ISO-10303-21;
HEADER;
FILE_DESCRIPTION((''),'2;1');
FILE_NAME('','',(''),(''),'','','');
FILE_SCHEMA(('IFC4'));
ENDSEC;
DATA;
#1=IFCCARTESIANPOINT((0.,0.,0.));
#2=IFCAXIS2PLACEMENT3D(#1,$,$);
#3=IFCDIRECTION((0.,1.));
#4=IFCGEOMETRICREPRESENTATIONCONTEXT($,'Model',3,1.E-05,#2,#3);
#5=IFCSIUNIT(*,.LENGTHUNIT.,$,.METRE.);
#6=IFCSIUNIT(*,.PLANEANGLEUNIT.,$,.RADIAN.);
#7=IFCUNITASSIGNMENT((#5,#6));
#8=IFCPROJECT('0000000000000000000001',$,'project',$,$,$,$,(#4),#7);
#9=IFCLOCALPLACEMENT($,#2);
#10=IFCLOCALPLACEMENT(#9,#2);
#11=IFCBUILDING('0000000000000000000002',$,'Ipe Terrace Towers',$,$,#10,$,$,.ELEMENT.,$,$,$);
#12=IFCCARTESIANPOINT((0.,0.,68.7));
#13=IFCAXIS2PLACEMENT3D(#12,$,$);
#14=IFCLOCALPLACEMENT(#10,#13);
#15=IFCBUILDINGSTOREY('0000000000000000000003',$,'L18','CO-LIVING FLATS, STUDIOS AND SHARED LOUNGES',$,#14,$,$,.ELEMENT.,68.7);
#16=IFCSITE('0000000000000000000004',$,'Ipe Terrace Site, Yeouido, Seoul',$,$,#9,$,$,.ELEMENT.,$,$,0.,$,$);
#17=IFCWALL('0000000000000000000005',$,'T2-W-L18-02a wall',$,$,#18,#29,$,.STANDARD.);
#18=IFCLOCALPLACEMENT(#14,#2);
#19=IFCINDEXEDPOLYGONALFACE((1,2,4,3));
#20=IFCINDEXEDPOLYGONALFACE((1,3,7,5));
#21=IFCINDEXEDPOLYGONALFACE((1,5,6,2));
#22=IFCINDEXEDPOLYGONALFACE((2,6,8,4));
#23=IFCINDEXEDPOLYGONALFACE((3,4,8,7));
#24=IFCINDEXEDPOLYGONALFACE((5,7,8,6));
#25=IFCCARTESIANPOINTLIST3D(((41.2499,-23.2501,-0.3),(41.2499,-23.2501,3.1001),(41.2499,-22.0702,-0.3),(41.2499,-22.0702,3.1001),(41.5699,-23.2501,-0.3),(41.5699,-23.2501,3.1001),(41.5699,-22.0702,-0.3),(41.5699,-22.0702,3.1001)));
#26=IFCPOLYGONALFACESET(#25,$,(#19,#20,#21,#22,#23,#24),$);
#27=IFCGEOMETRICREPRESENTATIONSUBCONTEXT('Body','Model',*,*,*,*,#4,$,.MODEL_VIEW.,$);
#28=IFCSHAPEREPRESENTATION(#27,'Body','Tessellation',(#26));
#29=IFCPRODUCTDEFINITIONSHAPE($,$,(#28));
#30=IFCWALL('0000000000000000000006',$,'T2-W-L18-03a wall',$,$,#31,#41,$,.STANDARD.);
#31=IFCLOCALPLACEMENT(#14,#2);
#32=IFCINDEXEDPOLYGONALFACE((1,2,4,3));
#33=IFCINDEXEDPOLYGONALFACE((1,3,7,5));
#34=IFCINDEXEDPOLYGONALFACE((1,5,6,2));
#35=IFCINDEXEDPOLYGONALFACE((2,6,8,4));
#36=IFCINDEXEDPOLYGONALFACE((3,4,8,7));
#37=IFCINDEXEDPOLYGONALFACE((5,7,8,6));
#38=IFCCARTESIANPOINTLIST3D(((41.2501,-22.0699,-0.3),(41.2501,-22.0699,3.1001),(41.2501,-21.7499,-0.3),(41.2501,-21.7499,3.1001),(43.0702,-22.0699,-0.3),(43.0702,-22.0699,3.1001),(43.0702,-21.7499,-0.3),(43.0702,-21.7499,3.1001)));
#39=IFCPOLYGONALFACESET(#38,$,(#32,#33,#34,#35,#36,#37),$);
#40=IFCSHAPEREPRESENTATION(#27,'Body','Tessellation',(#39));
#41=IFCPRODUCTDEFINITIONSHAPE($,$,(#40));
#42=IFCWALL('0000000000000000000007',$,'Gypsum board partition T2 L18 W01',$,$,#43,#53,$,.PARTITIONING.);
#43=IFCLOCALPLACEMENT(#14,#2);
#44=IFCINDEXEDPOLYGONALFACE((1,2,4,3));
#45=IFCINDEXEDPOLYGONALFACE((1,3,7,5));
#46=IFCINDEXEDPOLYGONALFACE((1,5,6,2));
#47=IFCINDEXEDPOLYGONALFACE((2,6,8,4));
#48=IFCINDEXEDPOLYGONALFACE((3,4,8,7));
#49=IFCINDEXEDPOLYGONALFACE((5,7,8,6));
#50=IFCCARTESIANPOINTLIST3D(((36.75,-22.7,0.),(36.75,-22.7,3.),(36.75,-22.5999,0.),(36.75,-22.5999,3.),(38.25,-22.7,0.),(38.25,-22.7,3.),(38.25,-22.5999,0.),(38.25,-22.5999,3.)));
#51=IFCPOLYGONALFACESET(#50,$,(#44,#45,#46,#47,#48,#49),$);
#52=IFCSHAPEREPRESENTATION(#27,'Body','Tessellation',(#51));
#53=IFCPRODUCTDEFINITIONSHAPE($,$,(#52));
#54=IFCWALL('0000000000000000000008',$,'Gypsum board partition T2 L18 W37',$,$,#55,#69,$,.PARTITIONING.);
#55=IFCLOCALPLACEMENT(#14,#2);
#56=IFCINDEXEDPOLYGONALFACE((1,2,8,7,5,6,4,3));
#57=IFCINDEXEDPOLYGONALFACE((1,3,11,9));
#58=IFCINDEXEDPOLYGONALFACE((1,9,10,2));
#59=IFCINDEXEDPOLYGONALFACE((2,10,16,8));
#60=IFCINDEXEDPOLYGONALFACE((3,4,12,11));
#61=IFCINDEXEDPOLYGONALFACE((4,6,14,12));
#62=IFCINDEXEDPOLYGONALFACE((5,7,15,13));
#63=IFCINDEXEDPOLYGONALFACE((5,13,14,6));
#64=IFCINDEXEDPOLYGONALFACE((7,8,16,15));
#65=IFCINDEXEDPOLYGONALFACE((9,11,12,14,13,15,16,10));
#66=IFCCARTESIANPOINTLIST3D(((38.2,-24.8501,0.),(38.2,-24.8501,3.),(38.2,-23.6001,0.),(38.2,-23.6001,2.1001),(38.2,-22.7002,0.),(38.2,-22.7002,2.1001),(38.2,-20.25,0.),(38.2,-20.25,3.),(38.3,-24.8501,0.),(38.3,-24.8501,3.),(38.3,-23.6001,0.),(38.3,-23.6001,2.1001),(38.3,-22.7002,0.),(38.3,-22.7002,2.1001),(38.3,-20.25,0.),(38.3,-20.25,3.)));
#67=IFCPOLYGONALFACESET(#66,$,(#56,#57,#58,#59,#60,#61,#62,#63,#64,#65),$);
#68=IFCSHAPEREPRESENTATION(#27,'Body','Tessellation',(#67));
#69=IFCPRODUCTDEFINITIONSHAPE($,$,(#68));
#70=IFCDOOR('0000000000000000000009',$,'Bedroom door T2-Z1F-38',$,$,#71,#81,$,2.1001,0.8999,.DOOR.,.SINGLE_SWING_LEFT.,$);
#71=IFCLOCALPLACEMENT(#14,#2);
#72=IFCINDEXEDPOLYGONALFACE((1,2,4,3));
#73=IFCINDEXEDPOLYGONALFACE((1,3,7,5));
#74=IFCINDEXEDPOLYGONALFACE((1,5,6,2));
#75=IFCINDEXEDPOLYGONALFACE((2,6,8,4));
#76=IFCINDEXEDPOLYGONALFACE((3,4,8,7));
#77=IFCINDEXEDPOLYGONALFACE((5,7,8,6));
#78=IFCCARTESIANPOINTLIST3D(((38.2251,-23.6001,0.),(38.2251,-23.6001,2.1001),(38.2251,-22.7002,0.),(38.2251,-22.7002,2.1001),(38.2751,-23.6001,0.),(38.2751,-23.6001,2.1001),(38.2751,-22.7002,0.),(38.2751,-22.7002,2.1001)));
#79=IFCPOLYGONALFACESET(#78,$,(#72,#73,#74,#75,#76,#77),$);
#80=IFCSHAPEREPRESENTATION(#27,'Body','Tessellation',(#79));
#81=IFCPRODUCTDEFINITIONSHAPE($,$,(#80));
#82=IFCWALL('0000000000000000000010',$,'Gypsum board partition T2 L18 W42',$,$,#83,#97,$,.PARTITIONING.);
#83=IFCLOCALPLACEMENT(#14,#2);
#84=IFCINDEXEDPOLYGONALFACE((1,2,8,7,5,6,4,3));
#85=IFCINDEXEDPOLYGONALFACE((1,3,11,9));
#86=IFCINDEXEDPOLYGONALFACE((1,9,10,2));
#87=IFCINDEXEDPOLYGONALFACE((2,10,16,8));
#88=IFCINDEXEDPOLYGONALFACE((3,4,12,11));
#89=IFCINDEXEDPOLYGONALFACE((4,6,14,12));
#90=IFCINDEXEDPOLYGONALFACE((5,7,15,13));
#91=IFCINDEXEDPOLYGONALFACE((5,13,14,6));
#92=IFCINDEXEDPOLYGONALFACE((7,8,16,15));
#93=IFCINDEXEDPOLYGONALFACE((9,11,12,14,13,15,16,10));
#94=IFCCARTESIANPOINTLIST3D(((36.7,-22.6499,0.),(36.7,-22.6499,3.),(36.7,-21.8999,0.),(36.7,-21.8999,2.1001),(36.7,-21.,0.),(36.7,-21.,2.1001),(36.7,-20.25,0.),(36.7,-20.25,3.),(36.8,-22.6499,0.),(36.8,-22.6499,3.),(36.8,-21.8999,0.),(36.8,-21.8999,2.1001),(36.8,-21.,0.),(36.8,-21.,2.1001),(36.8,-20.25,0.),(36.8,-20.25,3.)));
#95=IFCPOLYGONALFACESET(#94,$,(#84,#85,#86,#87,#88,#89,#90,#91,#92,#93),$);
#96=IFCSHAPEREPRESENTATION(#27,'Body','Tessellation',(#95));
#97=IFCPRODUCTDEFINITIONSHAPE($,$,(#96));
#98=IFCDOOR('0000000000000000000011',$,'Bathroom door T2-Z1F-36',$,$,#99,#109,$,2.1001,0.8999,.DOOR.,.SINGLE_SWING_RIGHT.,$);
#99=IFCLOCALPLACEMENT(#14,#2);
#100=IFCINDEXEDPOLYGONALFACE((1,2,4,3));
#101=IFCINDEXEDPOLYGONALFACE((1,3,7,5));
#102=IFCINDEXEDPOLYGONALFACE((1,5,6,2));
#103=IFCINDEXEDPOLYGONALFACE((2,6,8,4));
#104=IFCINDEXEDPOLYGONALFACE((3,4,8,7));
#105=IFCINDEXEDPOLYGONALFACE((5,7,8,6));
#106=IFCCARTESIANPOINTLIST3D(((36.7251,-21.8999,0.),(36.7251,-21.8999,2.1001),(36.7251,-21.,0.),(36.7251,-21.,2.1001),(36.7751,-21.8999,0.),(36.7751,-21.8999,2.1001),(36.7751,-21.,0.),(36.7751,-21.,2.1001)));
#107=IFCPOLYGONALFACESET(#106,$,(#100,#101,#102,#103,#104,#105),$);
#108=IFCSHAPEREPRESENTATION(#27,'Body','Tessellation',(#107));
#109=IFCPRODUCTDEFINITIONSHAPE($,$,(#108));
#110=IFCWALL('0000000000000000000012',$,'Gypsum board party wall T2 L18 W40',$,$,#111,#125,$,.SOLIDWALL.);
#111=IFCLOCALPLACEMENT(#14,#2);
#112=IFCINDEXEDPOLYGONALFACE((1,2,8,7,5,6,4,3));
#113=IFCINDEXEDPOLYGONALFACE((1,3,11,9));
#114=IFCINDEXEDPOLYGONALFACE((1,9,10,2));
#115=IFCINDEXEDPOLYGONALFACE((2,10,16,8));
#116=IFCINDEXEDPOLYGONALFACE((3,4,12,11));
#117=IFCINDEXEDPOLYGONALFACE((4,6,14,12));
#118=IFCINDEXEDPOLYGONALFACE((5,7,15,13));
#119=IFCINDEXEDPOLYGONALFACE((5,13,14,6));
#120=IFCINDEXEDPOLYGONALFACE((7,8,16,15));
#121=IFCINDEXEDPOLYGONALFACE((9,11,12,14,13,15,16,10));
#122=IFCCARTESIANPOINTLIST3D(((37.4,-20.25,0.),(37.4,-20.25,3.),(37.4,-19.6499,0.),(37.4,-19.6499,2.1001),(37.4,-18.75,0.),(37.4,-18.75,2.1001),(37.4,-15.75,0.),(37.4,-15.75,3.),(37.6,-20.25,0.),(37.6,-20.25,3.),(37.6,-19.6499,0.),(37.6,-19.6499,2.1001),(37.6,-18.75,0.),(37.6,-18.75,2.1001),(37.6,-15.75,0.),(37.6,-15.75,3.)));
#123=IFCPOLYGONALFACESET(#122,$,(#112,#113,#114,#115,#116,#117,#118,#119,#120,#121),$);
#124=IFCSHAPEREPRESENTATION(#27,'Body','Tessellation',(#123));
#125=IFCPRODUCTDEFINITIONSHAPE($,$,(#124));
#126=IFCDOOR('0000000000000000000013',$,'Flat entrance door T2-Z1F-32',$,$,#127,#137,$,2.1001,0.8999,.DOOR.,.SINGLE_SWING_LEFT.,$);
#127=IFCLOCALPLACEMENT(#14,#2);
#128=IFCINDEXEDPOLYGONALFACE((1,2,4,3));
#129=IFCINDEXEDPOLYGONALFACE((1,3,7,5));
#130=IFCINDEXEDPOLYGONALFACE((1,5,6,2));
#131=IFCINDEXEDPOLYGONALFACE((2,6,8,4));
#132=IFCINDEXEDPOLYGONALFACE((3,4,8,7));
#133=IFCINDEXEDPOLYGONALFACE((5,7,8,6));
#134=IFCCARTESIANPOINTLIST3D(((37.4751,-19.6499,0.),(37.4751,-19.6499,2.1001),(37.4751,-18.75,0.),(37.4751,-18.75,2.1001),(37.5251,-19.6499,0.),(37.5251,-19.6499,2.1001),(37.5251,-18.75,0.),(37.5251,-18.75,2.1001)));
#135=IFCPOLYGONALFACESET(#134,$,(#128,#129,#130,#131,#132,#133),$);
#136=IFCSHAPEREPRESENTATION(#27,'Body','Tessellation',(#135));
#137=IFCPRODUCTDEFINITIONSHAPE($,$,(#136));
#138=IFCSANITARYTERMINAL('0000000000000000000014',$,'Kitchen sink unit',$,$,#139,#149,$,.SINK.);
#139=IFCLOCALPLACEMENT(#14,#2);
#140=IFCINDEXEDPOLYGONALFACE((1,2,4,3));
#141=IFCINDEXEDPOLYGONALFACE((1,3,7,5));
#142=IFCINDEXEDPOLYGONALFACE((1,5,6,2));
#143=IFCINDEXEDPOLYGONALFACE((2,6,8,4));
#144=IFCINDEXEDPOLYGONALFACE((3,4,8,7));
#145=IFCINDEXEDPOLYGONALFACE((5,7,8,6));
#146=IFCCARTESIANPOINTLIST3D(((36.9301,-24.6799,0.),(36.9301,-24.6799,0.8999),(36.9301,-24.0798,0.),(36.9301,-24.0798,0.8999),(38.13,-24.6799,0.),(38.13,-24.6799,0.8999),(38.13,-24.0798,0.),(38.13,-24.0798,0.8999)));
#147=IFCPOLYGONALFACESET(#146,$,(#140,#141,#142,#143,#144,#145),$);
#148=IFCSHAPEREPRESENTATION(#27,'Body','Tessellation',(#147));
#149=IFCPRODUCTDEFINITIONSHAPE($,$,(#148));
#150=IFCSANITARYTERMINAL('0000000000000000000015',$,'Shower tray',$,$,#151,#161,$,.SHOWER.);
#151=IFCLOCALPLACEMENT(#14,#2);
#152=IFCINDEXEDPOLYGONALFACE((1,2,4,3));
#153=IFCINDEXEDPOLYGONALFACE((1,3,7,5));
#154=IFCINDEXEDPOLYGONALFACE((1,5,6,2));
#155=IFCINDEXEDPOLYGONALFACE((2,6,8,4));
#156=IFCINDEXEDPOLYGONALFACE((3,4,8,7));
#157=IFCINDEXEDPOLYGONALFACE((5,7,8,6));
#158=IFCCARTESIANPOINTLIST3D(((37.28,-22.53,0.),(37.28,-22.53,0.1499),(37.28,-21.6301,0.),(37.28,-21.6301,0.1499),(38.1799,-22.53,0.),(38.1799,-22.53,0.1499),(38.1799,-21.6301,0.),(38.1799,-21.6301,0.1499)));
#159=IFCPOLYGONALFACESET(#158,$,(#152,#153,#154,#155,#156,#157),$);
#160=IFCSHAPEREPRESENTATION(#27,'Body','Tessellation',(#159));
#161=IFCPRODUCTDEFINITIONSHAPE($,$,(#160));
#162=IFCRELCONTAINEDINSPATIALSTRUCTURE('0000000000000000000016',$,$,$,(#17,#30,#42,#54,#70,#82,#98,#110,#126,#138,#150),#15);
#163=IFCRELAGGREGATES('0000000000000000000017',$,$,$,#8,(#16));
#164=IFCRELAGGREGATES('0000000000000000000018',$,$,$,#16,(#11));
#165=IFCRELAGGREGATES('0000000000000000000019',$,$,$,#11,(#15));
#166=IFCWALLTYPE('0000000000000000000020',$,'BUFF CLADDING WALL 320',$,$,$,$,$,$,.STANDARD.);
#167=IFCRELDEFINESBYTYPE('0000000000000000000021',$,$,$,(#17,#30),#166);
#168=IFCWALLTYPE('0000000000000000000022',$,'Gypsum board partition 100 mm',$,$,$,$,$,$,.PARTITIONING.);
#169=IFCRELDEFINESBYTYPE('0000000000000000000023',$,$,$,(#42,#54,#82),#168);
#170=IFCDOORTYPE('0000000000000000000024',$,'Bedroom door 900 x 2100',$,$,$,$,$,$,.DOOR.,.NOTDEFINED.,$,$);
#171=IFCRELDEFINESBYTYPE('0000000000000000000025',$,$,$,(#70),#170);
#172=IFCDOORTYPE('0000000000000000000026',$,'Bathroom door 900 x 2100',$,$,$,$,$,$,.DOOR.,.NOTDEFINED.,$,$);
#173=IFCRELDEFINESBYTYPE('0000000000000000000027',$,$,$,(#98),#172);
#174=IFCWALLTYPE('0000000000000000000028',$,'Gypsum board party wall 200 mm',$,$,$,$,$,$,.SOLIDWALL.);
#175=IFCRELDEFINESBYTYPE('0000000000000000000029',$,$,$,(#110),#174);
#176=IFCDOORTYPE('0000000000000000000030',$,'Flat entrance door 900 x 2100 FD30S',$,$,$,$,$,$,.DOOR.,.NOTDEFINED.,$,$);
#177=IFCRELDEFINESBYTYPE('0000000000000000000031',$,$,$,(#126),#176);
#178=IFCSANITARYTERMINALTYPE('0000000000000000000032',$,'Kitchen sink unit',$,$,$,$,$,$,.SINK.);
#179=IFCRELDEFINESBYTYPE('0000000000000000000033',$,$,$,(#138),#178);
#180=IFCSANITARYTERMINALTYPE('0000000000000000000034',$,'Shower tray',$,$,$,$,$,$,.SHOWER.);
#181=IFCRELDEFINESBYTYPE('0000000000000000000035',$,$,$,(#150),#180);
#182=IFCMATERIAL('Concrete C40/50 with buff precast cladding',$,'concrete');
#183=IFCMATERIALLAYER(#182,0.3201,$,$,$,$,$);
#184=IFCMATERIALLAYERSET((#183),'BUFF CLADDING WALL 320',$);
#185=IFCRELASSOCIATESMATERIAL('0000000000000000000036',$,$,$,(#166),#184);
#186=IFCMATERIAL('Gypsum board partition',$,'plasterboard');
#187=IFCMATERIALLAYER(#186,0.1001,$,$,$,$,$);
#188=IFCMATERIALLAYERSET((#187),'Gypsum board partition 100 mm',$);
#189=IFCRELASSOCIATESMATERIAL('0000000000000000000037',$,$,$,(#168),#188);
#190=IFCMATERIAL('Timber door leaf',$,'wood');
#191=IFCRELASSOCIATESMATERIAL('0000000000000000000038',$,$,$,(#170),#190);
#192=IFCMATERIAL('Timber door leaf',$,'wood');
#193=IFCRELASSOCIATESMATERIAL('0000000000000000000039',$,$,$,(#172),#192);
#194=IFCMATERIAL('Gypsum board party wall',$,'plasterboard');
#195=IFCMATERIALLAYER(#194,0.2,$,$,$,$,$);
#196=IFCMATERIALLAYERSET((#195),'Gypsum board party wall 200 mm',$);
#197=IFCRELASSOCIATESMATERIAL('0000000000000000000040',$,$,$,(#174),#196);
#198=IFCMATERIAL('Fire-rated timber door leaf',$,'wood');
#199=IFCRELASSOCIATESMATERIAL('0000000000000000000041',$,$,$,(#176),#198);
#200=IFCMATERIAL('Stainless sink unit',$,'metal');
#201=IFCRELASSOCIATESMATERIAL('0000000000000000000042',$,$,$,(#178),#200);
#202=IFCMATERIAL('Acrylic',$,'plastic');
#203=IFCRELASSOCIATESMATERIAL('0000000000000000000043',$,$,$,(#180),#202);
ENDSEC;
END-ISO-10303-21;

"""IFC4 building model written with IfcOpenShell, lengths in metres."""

from ifc_helpers import new_model, si_unit, direction, frame, frame_2d, origin, origin_2d, place, context, subcontext, project, spatial, rectangle, extrude, material, layer, layer_set, type_object, element, fill, save


model = new_model("IFC4")

# Units and contexts
model_context = context("Model", 3, precision=1e-05, world=origin(), true_north=direction((0.0, 1.0)))
body_context = subcontext(model_context, "Body", "Model", "MODEL_VIEW")
ifc_project = project(units=[si_unit("LENGTHUNIT", "METRE"), si_unit("PLANEANGLEUNIT", "RADIAN")], contexts=[model_context])

# Site, building, storey
site_placement = place(None, origin())
site = spatial("IfcSite", under=ifc_project, at=site_placement, Name="Ipe Terrace Site, Yeouido, Seoul", CompositionType="ELEMENT", RefElevation=0.0)
building_placement = place(site_placement, origin())
building = spatial("IfcBuilding", under=site, at=building_placement, Name="Ipe Terrace Towers", CompositionType="ELEMENT")
storey_placement = place(building_placement, frame((0.0, 0.0, 68.7)))
storey = spatial("IfcBuildingStorey", under=building, at=storey_placement, Name="L18", Description="CO-LIVING FLATS, STUDIOS AND SHARED LOUNGES", CompositionType="ELEMENT", Elevation=68.7)

# Shared definitions
ifc_material_1 = material(Name="Concrete C40/50 with buff precast cladding", Category="concrete")
ifc_layer_1 = layer(ifc_material_1, 0.3201)
ifc_layer_set_1 = layer_set([ifc_layer_1], Name="BUFF CLADDING WALL 320")
wall_type_1 = type_object("IfcWallType", Name="BUFF CLADDING WALL 320", PredefinedType="STANDARD", material=ifc_layer_set_1)

# Walls
wall_1_placement = place(storey_placement, frame((41.4099, -23.25, -0.3), z_axis=(0.0, 0.0, 1.0), x_axis=(0.0, 1.0, 0.0)))
element("IfcWall", 1, at=wall_1_placement, inside=storey, type_object=wall_type_1, Name="T2-W-L18-02a wall", PredefinedType="STANDARD", context=body_context, shape_type="SweptSolid", body=[
    extrude(rectangle(XDim=1.1799, YDim=0.3201, at=frame_2d((0.5898, 0.0))), origin(), (0.0, 0.0, 1.0), 3.4001),
])
wall_2_placement = place(storey_placement, frame((41.25, -21.9099, -0.3), z_axis=(0.0, 0.0, 1.0), x_axis=(1.0, 0.0, 0.0)))
element("IfcWall", 2, at=wall_2_placement, inside=storey, type_object=wall_type_1, Name="T2-W-L18-03a wall", PredefinedType="STANDARD", context=body_context, shape_type="SweptSolid", body=[
    extrude(rectangle(XDim=1.8201, YDim=0.3201, at=frame_2d((0.9102, 0.0))), origin(), (0.0, 0.0, 1.0), 3.4001),
])
ifc_material_2 = material(Name="Gypsum board partition", Category="plasterboard")
ifc_layer_2 = layer(ifc_material_2, 0.1001)
ifc_layer_set_2 = layer_set([ifc_layer_2], Name="Gypsum board partition 100 mm")
wall_type_2 = type_object("IfcWallType", Name="Gypsum board partition 100 mm", PredefinedType="PARTITIONING", material=ifc_layer_set_2)
wall_3_placement = place(storey_placement, frame((38.25, -22.6499, 0.0), z_axis=(0.0, 0.0, 1.0), x_axis=(-1.0, 0.0, 0.0)))
element("IfcWall", 3, at=wall_3_placement, inside=storey, type_object=wall_type_2, Name="Gypsum board partition T2 L18 W01", PredefinedType="PARTITIONING", context=body_context, shape_type="SweptSolid", body=[
    extrude(rectangle(XDim=1.5, YDim=0.1001, at=frame_2d((0.75, 0.0))), origin(), (0.0, 0.0, 1.0), 3.0),
])

# Walls, openings, doors
wall_4_placement = place(storey_placement, frame((38.25, -24.8501, 0.0), z_axis=(0.0, 0.0, 1.0), x_axis=(0.0, 1.0, 0.0)))
wall_4 = element("IfcWall", 4, at=wall_4_placement, inside=storey, type_object=wall_type_2, Name="Gypsum board partition T2 L18 W37", PredefinedType="PARTITIONING", context=body_context, shape_type="SweptSolid", body=[
    extrude(rectangle(XDim=4.6001, YDim=0.1001, at=frame_2d((2.3, 0.0))), origin(), (0.0, 0.0, 1.0), 3.0),
])
opening_1_placement = place(wall_4_placement, frame((1.25, 0.0, 0.0)))
opening_1 = element("IfcOpeningElement", 5, at=opening_1_placement, cuts=wall_4, PredefinedType="OPENING", context=body_context, shape_type="SweptSolid", body=[
    extrude(rectangle(XDim=0.8999, YDim=2.1001, at=frame_2d((0.45, 1.05))), frame((0.0, 0.0601, 0.0), z_axis=(0.0, -1.0, 0.0), x_axis=(1.0, 0.0, 0.0)), (0.0, 0.0, 1.0), 0.1201),
])
ifc_material_3 = material(Name="Timber door leaf", Category="wood")
door_type_1 = type_object("IfcDoorType", Name="Bedroom door 900 x 2100", OperationType="NOTDEFINED", PredefinedType="DOOR", material=ifc_material_3)
door_1_placement = place(opening_1_placement, origin())
door_1 = element("IfcDoor", 6, at=door_1_placement, inside=storey, type_object=door_type_1, Name="Bedroom door T2-Z1F-38", OperationType="SINGLE_SWING_LEFT", OverallHeight=2.1001, OverallWidth=0.8999, PredefinedType="DOOR", context=body_context, shape_type="SweptSolid", body=[
    extrude(rectangle(XDim=0.8999, YDim=2.1001, at=frame_2d((0.45, 1.05))), frame((0.0, 0.0249, 0.0), z_axis=(0.0, -1.0, 0.0), x_axis=(1.0, 0.0, 0.0)), (0.0, 0.0, 1.0), 0.05),
])
fill(opening_1, door_1)
wall_5_placement = place(storey_placement, frame((36.75, -22.6499, 0.0), z_axis=(0.0, 0.0, 1.0), x_axis=(0.0, 1.0, 0.0)))
wall_5 = element("IfcWall", 7, at=wall_5_placement, inside=storey, type_object=wall_type_2, Name="Gypsum board partition T2 L18 W42", PredefinedType="PARTITIONING", context=body_context, shape_type="SweptSolid", body=[
    extrude(rectangle(XDim=2.3999, YDim=0.1001, at=frame_2d((1.2, 0.0))), origin(), (0.0, 0.0, 1.0), 3.0),
])
opening_2_placement = place(wall_5_placement, frame((0.75, 0.0, 0.0)))
opening_2 = element("IfcOpeningElement", 8, at=opening_2_placement, cuts=wall_5, PredefinedType="OPENING", context=body_context, shape_type="SweptSolid", body=[
    extrude(rectangle(XDim=0.8999, YDim=2.1001, at=frame_2d((0.45, 1.05))), frame((0.0, 0.0601, 0.0), z_axis=(0.0, -1.0, 0.0), x_axis=(1.0, 0.0, 0.0)), (0.0, 0.0, 1.0), 0.1201),
])
ifc_material_4 = material(Name="Timber door leaf", Category="wood")
door_type_2 = type_object("IfcDoorType", Name="Bathroom door 900 x 2100", OperationType="NOTDEFINED", PredefinedType="DOOR", material=ifc_material_4)
door_2_placement = place(opening_2_placement, origin())
door_2 = element("IfcDoor", 9, at=door_2_placement, inside=storey, type_object=door_type_2, Name="Bathroom door T2-Z1F-36", OperationType="SINGLE_SWING_RIGHT", OverallHeight=2.1001, OverallWidth=0.8999, PredefinedType="DOOR", context=body_context, shape_type="SweptSolid", body=[
    extrude(rectangle(XDim=0.8999, YDim=2.1001, at=frame_2d((0.45, 1.05))), frame((0.0, 0.0249, 0.0), z_axis=(0.0, -1.0, 0.0), x_axis=(1.0, 0.0, 0.0)), (0.0, 0.0, 1.0), 0.05),
])
fill(opening_2, door_2)
ifc_material_5 = material(Name="Gypsum board party wall", Category="plasterboard")
ifc_layer_3 = layer(ifc_material_5, 0.2)
ifc_layer_set_3 = layer_set([ifc_layer_3], Name="Gypsum board party wall 200 mm")
wall_type_3 = type_object("IfcWallType", Name="Gypsum board party wall 200 mm", PredefinedType="SOLIDWALL", material=ifc_layer_set_3)
wall_6_placement = place(storey_placement, frame((37.5, -20.25, 0.0), z_axis=(0.0, 0.0, 1.0), x_axis=(0.0, 1.0, 0.0)))
wall_6 = element("IfcWall", 10, at=wall_6_placement, inside=storey, type_object=wall_type_3, Name="Gypsum board party wall T2 L18 W40", PredefinedType="SOLIDWALL", context=body_context, shape_type="SweptSolid", body=[
    extrude(rectangle(XDim=4.5, YDim=0.2, at=frame_2d((2.25, 0.0))), origin(), (0.0, 0.0, 1.0), 3.0),
])
opening_3_placement = place(wall_6_placement, frame((0.6001, 0.0, 0.0)))
opening_3 = element("IfcOpeningElement", 11, at=opening_3_placement, cuts=wall_6, PredefinedType="OPENING", context=body_context, shape_type="SweptSolid", body=[
    extrude(rectangle(XDim=0.8999, YDim=2.1001, at=frame_2d((0.45, 1.05))), frame((0.0, 0.1099, 0.0), z_axis=(0.0, -1.0, 0.0), x_axis=(1.0, 0.0, 0.0)), (0.0, 0.0, 1.0), 0.22),
])
ifc_material_6 = material(Name="Fire-rated timber door leaf", Category="wood")
door_type_3 = type_object("IfcDoorType", Name="Flat entrance door 900 x 2100 FD30S", OperationType="NOTDEFINED", PredefinedType="DOOR", material=ifc_material_6)
door_3_placement = place(opening_3_placement, origin())
door_3 = element("IfcDoor", 12, at=door_3_placement, inside=storey, type_object=door_type_3, Name="Flat entrance door T2-Z1F-32", OperationType="SINGLE_SWING_LEFT", OverallHeight=2.1001, OverallWidth=0.8999, PredefinedType="DOOR", context=body_context, shape_type="SweptSolid", body=[
    extrude(rectangle(XDim=0.8999, YDim=2.1001, at=frame_2d((0.45, 1.05))), frame((0.0, 0.0249, 0.0), z_axis=(0.0, -1.0, 0.0), x_axis=(1.0, 0.0, 0.0)), (0.0, 0.0, 1.0), 0.05),
])
fill(opening_3, door_3)

# Sanitary terminals
ifc_material_7 = material(Name="Stainless sink unit", Category="metal")
sanitary_terminal_type_1 = type_object("IfcSanitaryTerminalType", Name="Kitchen sink unit", PredefinedType="SINK", material=ifc_material_7)
sanitary_terminal_1_placement = place(storey_placement, frame((37.53, -24.3799, 0.0), z_axis=(0.0, 0.0, 1.0), x_axis=(-1.0, 0.0, 0.0)))
element("IfcSanitaryTerminal", 13, at=sanitary_terminal_1_placement, inside=storey, type_object=sanitary_terminal_type_1, Name="Kitchen sink unit", PredefinedType="SINK", context=body_context, shape_type="SweptSolid", body=[
    extrude(rectangle(XDim=1.2, YDim=0.6001, at=origin_2d()), origin(), (0.0, 0.0, 1.0), 0.8999),
])
ifc_material_8 = material(Name="Acrylic", Category="plastic")
sanitary_terminal_type_2 = type_object("IfcSanitaryTerminalType", Name="Shower tray", PredefinedType="SHOWER", material=ifc_material_8)
sanitary_terminal_2_placement = place(storey_placement, frame((37.73, -22.0801, 0.0), z_axis=(0.0, 0.0, 1.0), x_axis=(-1.0, 0.0, 0.0)))
element("IfcSanitaryTerminal", 14, at=sanitary_terminal_2_placement, inside=storey, type_object=sanitary_terminal_type_2, Name="Shower tray", PredefinedType="SHOWER", context=body_context, shape_type="SweptSolid", body=[
    extrude(rectangle(XDim=0.8999, YDim=0.8999, at=origin_2d()), origin(), (0.0, 0.0, 1.0), 0.1499),
])

save(model, "model.ifc")
